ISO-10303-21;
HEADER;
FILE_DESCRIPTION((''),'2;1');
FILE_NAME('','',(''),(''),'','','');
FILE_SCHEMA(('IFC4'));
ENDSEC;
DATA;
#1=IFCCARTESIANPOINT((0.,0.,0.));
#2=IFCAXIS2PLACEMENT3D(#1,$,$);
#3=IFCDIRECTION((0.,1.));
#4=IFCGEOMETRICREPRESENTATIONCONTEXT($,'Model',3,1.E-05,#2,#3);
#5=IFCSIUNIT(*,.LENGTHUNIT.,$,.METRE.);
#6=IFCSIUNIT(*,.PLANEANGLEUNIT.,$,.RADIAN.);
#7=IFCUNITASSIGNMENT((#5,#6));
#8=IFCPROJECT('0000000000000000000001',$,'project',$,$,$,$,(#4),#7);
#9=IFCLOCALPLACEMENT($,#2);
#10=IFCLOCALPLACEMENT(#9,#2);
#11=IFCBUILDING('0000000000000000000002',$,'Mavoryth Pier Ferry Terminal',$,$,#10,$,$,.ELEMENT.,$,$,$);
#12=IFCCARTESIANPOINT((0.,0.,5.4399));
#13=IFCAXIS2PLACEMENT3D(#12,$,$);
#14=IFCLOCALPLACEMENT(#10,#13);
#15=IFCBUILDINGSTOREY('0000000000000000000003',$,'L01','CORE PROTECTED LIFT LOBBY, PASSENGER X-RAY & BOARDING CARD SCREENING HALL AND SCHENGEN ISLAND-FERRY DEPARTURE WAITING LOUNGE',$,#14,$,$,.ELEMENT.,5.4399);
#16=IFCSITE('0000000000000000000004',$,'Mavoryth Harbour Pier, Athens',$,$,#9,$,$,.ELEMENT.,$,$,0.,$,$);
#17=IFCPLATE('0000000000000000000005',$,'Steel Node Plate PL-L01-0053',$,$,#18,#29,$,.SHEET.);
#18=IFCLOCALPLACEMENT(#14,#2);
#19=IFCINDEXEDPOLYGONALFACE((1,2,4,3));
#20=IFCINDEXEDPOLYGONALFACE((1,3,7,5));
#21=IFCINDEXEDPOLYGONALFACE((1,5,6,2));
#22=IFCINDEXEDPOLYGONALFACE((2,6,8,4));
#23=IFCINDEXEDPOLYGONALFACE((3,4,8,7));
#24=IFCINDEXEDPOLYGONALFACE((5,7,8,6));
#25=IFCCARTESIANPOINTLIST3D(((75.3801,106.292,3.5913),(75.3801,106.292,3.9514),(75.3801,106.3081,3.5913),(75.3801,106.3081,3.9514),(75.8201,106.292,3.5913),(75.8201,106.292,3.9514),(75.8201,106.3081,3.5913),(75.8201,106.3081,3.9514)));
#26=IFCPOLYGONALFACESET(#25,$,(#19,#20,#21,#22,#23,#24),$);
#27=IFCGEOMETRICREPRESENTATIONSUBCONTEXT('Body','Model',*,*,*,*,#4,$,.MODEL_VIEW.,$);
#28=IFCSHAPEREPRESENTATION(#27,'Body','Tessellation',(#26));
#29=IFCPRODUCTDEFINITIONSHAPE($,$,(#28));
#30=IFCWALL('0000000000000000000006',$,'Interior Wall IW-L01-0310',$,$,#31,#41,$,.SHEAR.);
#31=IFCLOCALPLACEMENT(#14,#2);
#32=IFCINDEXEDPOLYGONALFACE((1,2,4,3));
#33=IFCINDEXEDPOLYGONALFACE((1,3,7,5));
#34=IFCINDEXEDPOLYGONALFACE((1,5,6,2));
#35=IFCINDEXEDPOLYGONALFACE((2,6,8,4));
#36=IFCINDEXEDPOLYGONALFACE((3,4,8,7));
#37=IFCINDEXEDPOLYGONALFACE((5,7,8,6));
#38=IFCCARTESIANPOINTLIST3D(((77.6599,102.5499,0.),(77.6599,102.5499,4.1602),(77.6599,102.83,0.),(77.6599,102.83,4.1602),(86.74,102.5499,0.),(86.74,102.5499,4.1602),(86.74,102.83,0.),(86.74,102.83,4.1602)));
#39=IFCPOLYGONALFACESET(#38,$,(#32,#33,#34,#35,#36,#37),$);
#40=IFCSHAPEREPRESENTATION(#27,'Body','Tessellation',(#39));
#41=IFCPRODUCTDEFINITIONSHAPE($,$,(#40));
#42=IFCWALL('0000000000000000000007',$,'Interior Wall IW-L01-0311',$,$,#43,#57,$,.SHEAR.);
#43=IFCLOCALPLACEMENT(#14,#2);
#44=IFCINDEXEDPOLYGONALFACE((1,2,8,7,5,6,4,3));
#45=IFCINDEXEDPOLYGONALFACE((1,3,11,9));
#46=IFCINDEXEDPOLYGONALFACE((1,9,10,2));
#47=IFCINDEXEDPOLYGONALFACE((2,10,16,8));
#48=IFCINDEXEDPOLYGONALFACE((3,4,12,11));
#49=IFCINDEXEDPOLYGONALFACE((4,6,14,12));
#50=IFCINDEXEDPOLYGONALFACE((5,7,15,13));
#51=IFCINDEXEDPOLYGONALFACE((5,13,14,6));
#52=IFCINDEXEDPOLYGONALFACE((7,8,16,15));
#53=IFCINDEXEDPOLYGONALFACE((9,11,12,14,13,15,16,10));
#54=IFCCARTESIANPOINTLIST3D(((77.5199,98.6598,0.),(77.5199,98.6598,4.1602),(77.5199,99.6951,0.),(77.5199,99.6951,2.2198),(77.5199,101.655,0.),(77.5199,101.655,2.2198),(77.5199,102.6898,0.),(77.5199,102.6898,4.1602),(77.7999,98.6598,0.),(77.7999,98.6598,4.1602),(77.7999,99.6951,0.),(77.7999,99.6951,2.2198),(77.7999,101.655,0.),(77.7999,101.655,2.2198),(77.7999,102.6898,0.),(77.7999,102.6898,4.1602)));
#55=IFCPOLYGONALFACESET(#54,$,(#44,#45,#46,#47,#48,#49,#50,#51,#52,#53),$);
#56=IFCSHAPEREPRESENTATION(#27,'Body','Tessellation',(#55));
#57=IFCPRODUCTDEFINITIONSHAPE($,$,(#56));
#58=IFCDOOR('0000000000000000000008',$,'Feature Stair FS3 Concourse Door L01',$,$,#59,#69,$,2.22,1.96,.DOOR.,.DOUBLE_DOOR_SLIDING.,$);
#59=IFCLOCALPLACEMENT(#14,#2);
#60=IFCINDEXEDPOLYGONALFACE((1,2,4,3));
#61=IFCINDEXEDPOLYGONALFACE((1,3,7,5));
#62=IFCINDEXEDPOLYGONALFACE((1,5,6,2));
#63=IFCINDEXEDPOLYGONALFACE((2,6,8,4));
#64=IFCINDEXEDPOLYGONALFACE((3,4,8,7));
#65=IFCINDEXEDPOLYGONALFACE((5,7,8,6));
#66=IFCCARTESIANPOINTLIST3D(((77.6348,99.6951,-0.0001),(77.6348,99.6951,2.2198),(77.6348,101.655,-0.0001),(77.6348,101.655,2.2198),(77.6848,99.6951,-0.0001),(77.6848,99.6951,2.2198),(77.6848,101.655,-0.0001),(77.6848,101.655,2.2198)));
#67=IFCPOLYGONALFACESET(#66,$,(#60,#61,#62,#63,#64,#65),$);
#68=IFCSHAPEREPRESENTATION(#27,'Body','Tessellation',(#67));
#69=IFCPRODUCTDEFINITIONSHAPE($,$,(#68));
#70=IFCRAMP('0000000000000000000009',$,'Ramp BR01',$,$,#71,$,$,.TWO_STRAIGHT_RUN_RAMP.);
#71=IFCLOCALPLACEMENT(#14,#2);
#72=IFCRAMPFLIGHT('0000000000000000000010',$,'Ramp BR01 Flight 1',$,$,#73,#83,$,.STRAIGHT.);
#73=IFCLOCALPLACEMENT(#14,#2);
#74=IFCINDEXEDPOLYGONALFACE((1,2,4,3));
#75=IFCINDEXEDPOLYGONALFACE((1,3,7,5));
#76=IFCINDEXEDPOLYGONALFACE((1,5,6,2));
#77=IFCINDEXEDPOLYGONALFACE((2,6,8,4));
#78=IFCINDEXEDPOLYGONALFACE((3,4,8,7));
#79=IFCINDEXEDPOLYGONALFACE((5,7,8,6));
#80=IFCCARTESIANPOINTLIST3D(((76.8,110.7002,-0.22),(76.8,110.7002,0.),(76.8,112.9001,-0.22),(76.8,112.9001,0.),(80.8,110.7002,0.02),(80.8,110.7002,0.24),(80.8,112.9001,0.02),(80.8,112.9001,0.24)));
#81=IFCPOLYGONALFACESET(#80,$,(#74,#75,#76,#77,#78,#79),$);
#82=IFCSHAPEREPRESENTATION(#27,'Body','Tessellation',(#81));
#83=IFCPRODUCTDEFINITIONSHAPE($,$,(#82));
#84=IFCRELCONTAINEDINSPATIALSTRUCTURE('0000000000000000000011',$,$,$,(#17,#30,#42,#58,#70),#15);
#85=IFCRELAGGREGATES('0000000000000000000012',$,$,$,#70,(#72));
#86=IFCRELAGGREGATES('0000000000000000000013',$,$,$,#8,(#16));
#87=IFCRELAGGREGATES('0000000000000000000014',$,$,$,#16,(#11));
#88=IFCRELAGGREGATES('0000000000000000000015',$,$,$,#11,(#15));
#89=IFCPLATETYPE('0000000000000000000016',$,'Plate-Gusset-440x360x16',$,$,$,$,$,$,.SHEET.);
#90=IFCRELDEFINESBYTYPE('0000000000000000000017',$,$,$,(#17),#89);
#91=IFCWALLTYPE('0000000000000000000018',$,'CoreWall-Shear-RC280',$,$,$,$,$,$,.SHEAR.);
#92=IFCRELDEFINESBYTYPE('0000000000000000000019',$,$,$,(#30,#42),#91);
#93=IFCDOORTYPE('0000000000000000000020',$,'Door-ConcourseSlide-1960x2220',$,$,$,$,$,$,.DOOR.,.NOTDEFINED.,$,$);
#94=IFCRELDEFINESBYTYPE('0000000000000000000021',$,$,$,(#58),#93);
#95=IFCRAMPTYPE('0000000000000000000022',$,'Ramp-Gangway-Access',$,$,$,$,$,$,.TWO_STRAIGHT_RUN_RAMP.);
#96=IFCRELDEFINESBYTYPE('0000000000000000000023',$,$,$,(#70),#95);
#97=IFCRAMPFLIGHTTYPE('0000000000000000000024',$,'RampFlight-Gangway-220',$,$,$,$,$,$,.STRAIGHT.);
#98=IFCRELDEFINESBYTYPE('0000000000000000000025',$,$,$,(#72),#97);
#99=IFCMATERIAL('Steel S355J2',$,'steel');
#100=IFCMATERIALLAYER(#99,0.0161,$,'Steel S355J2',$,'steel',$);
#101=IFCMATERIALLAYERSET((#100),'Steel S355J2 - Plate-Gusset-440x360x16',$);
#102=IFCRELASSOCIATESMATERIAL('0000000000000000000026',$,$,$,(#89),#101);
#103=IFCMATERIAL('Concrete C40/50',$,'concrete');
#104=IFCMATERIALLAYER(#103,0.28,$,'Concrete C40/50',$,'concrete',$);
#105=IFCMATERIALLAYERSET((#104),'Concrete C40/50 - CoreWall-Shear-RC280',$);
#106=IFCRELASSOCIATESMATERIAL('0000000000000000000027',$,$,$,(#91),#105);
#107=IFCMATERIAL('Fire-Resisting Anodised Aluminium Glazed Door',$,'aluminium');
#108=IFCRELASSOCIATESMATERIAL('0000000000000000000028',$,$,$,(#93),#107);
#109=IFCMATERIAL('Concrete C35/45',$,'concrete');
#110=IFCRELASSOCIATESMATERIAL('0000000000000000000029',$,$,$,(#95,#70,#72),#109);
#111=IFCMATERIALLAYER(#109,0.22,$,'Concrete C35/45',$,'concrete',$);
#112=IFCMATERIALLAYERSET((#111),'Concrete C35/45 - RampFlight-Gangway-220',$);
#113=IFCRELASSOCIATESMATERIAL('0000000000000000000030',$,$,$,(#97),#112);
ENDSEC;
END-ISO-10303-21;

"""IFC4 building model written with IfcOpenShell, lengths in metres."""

from ifc_helpers import new_model, si_unit, direction, frame, frame_2d, origin, origin_2d, place, context, subcontext, project, spatial, polyline, rectangle, outline, extrude, material, layer, layer_set, type_object, element, fill, aggregate, save


model = new_model("IFC4")

# Units and contexts
model_context = context("Model", 3, precision=1e-05, world=origin(), true_north=direction((0.0, 1.0)))
body_context = subcontext(model_context, "Body", "Model", "MODEL_VIEW")
ifc_project = project(units=[si_unit("LENGTHUNIT", "METRE"), si_unit("PLANEANGLEUNIT", "RADIAN")], contexts=[model_context])

# Site, building, storey
site_placement = place(None, origin())
site = spatial("IfcSite", under=ifc_project, at=site_placement, Name="Mavoryth Harbour Pier, Athens", CompositionType="ELEMENT", RefElevation=0.0)
building_placement = place(site_placement, origin())
building = spatial("IfcBuilding", under=site, at=building_placement, Name="Mavoryth Pier Ferry Terminal", CompositionType="ELEMENT")
storey_placement = place(building_placement, frame((0.0, 0.0, 5.4399)))
storey = spatial("IfcBuildingStorey", under=building, at=storey_placement, Name="L01", Description="CORE PROTECTED LIFT LOBBY, PASSENGER X-RAY & BOARDING CARD SCREENING HALL AND SCHENGEN ISLAND-FERRY DEPARTURE WAITING LOUNGE", CompositionType="ELEMENT", Elevation=5.4399)

# Shared definitions
ifc_material_1 = material(Name="Concrete C40/50", Category="concrete")

# Shared definitions
ifc_material_2 = material(Name="Steel S355J2", Category="steel")

# Shared definitions
ifc_material_3 = material(Name="Concrete C35/45", Category="concrete")

# Plate
ifc_layer_1 = layer(ifc_material_2, 0.0161, Name="Steel S355J2", Category="steel")
ifc_layer_set_1 = layer_set([ifc_layer_1], Name="Steel S355J2 - Plate-Gusset-440x360x16")
plate_type_1 = type_object("IfcPlateType", Name="Plate-Gusset-440x360x16", PredefinedType="SHEET", material=ifc_layer_set_1)
plate_1_placement = place(storey_placement, frame((75.6001, 106.3, 3.5913), z_axis=(0.0, 0.0, 1.0), x_axis=(1.0, 0.0, 0.0)))
element("IfcPlate", 1, at=plate_1_placement, inside=storey, type_object=plate_type_1, Name="Steel Node Plate PL-L01-0053", PredefinedType="SHEET", context=body_context, shape_type="SweptSolid", body=[
    extrude(rectangle(XDim=0.4399, YDim=0.0161, at=origin_2d()), origin(), (0.0, 0.0, 1.0), 0.3601),
])

# Wall
ifc_layer_2 = layer(ifc_material_1, 0.28, Name="Concrete C40/50", Category="concrete")
ifc_layer_set_2 = layer_set([ifc_layer_2], Name="Concrete C40/50 - CoreWall-Shear-RC280")
wall_type = type_object("IfcWallType", Name="CoreWall-Shear-RC280", PredefinedType="SHEAR", material=ifc_layer_set_2)
wall_1_placement = place(storey_placement, frame((77.6599, 102.6899, 0.0), z_axis=(0.0, 0.0, 1.0), x_axis=(1.0, 0.0, 0.0)))
element("IfcWall", 2, at=wall_1_placement, inside=storey, type_object=wall_type, Name="Interior Wall IW-L01-0310", PredefinedType="SHEAR", context=body_context, shape_type="SweptSolid", body=[
    extrude(rectangle(XDim=9.0801, YDim=0.28, at=frame_2d((4.54, 0.0))), origin(), (0.0, 0.0, 1.0), 4.1602),
])

# Wall, opening, door
wall_2_placement = place(storey_placement, frame((77.6599, 102.6899, 0.0), z_axis=(0.0, 0.0, 1.0), x_axis=(0.0, -1.0, 0.0)))
wall_2 = element("IfcWall", 3, at=wall_2_placement, inside=storey, type_object=wall_type, Name="Interior Wall IW-L01-0311", PredefinedType="SHEAR", context=body_context, shape_type="SweptSolid", body=[
    extrude(rectangle(XDim=4.03, YDim=0.28, at=frame_2d((2.0151, 0.0))), origin(), (0.0, 0.0, 1.0), 4.1602),
])
opening_placement = place(wall_2_placement, frame((1.0349, 0.0, 0.0)))
opening = element("IfcOpeningElement", 4, at=opening_placement, cuts=wall_2, PredefinedType="OPENING", context=body_context, shape_type="SweptSolid", body=[
    extrude(rectangle(XDim=1.96, YDim=2.22, at=frame_2d((0.98, 1.1099))), frame((0.0, 0.1499, 0.0), z_axis=(0.0, -1.0, 0.0), x_axis=(1.0, 0.0, 0.0)), (0.0, 0.0, 1.0), 0.3),
])
ifc_material_4 = material(Name="Fire-Resisting Anodised Aluminium Glazed Door", Category="aluminium")
door_type = type_object("IfcDoorType", Name="Door-ConcourseSlide-1960x2220", OperationType="NOTDEFINED", PredefinedType="DOOR", material=ifc_material_4)
door_placement = place(opening_placement, origin())
door = element("IfcDoor", 5, at=door_placement, inside=storey, type_object=door_type, Name="Feature Stair FS3 Concourse Door L01", OperationType="DOUBLE_DOOR_SLIDING", OverallHeight=2.22, OverallWidth=1.96, PredefinedType="DOOR", context=body_context, shape_type="SweptSolid", body=[
    extrude(rectangle(XDim=1.96, YDim=2.22, at=frame_2d((0.98, 1.1099))), frame((0.0, 0.0249, 0.0), z_axis=(0.0, -1.0, 0.0), x_axis=(1.0, 0.0, 0.0)), (0.0, 0.0, 1.0), 0.05),
])
fill(opening, door)

# Ramp, ramp flight
ramp_type = type_object("IfcRampType", Name="Ramp-Gangway-Access", PredefinedType="TWO_STRAIGHT_RUN_RAMP", material=ifc_material_3)
ramp_placement = place(storey_placement, origin())
ramp = element("IfcRamp", 6, at=ramp_placement, inside=storey, type_object=ramp_type, material=ifc_material_3, Name="Ramp BR01", PredefinedType="TWO_STRAIGHT_RUN_RAMP")
ifc_layer_3 = layer(ifc_material_3, 0.22, Name="Concrete C35/45", Category="concrete")
ifc_layer_set_3 = layer_set([ifc_layer_3], Name="Concrete C35/45 - RampFlight-Gangway-220")
ramp_flight_type = type_object("IfcRampFlightType", Name="RampFlight-Gangway-220", PredefinedType="STRAIGHT", material=ifc_layer_set_3)
ramp_flight_placement = place(storey_placement, frame((76.8, 111.8, 0.0), z_axis=(0.0, 0.0, 1.0), x_axis=(1.0, 0.0, 0.0)))
ramp_flight = element("IfcRampFlight", 7, at=ramp_flight_placement, type_object=ramp_flight_type, material=ifc_material_3, Name="Ramp BR01 Flight 1", PredefinedType="STRAIGHT", context=body_context, shape_type="SweptSolid", body=[
    extrude(outline(polyline([(0.0, 0.0), (4.0, 0.24), (4.0, 0.02), (0.0, -0.22), (0.0, 0.0)])), frame((0.0, 1.1001, 0.0), z_axis=(0.0, -1.0, 0.0), x_axis=(1.0, 0.0, 0.0)), (0.0, 0.0, 1.0), 2.2),
])
aggregate(ramp, [ramp_flight])

save(model, "model.ifc")
